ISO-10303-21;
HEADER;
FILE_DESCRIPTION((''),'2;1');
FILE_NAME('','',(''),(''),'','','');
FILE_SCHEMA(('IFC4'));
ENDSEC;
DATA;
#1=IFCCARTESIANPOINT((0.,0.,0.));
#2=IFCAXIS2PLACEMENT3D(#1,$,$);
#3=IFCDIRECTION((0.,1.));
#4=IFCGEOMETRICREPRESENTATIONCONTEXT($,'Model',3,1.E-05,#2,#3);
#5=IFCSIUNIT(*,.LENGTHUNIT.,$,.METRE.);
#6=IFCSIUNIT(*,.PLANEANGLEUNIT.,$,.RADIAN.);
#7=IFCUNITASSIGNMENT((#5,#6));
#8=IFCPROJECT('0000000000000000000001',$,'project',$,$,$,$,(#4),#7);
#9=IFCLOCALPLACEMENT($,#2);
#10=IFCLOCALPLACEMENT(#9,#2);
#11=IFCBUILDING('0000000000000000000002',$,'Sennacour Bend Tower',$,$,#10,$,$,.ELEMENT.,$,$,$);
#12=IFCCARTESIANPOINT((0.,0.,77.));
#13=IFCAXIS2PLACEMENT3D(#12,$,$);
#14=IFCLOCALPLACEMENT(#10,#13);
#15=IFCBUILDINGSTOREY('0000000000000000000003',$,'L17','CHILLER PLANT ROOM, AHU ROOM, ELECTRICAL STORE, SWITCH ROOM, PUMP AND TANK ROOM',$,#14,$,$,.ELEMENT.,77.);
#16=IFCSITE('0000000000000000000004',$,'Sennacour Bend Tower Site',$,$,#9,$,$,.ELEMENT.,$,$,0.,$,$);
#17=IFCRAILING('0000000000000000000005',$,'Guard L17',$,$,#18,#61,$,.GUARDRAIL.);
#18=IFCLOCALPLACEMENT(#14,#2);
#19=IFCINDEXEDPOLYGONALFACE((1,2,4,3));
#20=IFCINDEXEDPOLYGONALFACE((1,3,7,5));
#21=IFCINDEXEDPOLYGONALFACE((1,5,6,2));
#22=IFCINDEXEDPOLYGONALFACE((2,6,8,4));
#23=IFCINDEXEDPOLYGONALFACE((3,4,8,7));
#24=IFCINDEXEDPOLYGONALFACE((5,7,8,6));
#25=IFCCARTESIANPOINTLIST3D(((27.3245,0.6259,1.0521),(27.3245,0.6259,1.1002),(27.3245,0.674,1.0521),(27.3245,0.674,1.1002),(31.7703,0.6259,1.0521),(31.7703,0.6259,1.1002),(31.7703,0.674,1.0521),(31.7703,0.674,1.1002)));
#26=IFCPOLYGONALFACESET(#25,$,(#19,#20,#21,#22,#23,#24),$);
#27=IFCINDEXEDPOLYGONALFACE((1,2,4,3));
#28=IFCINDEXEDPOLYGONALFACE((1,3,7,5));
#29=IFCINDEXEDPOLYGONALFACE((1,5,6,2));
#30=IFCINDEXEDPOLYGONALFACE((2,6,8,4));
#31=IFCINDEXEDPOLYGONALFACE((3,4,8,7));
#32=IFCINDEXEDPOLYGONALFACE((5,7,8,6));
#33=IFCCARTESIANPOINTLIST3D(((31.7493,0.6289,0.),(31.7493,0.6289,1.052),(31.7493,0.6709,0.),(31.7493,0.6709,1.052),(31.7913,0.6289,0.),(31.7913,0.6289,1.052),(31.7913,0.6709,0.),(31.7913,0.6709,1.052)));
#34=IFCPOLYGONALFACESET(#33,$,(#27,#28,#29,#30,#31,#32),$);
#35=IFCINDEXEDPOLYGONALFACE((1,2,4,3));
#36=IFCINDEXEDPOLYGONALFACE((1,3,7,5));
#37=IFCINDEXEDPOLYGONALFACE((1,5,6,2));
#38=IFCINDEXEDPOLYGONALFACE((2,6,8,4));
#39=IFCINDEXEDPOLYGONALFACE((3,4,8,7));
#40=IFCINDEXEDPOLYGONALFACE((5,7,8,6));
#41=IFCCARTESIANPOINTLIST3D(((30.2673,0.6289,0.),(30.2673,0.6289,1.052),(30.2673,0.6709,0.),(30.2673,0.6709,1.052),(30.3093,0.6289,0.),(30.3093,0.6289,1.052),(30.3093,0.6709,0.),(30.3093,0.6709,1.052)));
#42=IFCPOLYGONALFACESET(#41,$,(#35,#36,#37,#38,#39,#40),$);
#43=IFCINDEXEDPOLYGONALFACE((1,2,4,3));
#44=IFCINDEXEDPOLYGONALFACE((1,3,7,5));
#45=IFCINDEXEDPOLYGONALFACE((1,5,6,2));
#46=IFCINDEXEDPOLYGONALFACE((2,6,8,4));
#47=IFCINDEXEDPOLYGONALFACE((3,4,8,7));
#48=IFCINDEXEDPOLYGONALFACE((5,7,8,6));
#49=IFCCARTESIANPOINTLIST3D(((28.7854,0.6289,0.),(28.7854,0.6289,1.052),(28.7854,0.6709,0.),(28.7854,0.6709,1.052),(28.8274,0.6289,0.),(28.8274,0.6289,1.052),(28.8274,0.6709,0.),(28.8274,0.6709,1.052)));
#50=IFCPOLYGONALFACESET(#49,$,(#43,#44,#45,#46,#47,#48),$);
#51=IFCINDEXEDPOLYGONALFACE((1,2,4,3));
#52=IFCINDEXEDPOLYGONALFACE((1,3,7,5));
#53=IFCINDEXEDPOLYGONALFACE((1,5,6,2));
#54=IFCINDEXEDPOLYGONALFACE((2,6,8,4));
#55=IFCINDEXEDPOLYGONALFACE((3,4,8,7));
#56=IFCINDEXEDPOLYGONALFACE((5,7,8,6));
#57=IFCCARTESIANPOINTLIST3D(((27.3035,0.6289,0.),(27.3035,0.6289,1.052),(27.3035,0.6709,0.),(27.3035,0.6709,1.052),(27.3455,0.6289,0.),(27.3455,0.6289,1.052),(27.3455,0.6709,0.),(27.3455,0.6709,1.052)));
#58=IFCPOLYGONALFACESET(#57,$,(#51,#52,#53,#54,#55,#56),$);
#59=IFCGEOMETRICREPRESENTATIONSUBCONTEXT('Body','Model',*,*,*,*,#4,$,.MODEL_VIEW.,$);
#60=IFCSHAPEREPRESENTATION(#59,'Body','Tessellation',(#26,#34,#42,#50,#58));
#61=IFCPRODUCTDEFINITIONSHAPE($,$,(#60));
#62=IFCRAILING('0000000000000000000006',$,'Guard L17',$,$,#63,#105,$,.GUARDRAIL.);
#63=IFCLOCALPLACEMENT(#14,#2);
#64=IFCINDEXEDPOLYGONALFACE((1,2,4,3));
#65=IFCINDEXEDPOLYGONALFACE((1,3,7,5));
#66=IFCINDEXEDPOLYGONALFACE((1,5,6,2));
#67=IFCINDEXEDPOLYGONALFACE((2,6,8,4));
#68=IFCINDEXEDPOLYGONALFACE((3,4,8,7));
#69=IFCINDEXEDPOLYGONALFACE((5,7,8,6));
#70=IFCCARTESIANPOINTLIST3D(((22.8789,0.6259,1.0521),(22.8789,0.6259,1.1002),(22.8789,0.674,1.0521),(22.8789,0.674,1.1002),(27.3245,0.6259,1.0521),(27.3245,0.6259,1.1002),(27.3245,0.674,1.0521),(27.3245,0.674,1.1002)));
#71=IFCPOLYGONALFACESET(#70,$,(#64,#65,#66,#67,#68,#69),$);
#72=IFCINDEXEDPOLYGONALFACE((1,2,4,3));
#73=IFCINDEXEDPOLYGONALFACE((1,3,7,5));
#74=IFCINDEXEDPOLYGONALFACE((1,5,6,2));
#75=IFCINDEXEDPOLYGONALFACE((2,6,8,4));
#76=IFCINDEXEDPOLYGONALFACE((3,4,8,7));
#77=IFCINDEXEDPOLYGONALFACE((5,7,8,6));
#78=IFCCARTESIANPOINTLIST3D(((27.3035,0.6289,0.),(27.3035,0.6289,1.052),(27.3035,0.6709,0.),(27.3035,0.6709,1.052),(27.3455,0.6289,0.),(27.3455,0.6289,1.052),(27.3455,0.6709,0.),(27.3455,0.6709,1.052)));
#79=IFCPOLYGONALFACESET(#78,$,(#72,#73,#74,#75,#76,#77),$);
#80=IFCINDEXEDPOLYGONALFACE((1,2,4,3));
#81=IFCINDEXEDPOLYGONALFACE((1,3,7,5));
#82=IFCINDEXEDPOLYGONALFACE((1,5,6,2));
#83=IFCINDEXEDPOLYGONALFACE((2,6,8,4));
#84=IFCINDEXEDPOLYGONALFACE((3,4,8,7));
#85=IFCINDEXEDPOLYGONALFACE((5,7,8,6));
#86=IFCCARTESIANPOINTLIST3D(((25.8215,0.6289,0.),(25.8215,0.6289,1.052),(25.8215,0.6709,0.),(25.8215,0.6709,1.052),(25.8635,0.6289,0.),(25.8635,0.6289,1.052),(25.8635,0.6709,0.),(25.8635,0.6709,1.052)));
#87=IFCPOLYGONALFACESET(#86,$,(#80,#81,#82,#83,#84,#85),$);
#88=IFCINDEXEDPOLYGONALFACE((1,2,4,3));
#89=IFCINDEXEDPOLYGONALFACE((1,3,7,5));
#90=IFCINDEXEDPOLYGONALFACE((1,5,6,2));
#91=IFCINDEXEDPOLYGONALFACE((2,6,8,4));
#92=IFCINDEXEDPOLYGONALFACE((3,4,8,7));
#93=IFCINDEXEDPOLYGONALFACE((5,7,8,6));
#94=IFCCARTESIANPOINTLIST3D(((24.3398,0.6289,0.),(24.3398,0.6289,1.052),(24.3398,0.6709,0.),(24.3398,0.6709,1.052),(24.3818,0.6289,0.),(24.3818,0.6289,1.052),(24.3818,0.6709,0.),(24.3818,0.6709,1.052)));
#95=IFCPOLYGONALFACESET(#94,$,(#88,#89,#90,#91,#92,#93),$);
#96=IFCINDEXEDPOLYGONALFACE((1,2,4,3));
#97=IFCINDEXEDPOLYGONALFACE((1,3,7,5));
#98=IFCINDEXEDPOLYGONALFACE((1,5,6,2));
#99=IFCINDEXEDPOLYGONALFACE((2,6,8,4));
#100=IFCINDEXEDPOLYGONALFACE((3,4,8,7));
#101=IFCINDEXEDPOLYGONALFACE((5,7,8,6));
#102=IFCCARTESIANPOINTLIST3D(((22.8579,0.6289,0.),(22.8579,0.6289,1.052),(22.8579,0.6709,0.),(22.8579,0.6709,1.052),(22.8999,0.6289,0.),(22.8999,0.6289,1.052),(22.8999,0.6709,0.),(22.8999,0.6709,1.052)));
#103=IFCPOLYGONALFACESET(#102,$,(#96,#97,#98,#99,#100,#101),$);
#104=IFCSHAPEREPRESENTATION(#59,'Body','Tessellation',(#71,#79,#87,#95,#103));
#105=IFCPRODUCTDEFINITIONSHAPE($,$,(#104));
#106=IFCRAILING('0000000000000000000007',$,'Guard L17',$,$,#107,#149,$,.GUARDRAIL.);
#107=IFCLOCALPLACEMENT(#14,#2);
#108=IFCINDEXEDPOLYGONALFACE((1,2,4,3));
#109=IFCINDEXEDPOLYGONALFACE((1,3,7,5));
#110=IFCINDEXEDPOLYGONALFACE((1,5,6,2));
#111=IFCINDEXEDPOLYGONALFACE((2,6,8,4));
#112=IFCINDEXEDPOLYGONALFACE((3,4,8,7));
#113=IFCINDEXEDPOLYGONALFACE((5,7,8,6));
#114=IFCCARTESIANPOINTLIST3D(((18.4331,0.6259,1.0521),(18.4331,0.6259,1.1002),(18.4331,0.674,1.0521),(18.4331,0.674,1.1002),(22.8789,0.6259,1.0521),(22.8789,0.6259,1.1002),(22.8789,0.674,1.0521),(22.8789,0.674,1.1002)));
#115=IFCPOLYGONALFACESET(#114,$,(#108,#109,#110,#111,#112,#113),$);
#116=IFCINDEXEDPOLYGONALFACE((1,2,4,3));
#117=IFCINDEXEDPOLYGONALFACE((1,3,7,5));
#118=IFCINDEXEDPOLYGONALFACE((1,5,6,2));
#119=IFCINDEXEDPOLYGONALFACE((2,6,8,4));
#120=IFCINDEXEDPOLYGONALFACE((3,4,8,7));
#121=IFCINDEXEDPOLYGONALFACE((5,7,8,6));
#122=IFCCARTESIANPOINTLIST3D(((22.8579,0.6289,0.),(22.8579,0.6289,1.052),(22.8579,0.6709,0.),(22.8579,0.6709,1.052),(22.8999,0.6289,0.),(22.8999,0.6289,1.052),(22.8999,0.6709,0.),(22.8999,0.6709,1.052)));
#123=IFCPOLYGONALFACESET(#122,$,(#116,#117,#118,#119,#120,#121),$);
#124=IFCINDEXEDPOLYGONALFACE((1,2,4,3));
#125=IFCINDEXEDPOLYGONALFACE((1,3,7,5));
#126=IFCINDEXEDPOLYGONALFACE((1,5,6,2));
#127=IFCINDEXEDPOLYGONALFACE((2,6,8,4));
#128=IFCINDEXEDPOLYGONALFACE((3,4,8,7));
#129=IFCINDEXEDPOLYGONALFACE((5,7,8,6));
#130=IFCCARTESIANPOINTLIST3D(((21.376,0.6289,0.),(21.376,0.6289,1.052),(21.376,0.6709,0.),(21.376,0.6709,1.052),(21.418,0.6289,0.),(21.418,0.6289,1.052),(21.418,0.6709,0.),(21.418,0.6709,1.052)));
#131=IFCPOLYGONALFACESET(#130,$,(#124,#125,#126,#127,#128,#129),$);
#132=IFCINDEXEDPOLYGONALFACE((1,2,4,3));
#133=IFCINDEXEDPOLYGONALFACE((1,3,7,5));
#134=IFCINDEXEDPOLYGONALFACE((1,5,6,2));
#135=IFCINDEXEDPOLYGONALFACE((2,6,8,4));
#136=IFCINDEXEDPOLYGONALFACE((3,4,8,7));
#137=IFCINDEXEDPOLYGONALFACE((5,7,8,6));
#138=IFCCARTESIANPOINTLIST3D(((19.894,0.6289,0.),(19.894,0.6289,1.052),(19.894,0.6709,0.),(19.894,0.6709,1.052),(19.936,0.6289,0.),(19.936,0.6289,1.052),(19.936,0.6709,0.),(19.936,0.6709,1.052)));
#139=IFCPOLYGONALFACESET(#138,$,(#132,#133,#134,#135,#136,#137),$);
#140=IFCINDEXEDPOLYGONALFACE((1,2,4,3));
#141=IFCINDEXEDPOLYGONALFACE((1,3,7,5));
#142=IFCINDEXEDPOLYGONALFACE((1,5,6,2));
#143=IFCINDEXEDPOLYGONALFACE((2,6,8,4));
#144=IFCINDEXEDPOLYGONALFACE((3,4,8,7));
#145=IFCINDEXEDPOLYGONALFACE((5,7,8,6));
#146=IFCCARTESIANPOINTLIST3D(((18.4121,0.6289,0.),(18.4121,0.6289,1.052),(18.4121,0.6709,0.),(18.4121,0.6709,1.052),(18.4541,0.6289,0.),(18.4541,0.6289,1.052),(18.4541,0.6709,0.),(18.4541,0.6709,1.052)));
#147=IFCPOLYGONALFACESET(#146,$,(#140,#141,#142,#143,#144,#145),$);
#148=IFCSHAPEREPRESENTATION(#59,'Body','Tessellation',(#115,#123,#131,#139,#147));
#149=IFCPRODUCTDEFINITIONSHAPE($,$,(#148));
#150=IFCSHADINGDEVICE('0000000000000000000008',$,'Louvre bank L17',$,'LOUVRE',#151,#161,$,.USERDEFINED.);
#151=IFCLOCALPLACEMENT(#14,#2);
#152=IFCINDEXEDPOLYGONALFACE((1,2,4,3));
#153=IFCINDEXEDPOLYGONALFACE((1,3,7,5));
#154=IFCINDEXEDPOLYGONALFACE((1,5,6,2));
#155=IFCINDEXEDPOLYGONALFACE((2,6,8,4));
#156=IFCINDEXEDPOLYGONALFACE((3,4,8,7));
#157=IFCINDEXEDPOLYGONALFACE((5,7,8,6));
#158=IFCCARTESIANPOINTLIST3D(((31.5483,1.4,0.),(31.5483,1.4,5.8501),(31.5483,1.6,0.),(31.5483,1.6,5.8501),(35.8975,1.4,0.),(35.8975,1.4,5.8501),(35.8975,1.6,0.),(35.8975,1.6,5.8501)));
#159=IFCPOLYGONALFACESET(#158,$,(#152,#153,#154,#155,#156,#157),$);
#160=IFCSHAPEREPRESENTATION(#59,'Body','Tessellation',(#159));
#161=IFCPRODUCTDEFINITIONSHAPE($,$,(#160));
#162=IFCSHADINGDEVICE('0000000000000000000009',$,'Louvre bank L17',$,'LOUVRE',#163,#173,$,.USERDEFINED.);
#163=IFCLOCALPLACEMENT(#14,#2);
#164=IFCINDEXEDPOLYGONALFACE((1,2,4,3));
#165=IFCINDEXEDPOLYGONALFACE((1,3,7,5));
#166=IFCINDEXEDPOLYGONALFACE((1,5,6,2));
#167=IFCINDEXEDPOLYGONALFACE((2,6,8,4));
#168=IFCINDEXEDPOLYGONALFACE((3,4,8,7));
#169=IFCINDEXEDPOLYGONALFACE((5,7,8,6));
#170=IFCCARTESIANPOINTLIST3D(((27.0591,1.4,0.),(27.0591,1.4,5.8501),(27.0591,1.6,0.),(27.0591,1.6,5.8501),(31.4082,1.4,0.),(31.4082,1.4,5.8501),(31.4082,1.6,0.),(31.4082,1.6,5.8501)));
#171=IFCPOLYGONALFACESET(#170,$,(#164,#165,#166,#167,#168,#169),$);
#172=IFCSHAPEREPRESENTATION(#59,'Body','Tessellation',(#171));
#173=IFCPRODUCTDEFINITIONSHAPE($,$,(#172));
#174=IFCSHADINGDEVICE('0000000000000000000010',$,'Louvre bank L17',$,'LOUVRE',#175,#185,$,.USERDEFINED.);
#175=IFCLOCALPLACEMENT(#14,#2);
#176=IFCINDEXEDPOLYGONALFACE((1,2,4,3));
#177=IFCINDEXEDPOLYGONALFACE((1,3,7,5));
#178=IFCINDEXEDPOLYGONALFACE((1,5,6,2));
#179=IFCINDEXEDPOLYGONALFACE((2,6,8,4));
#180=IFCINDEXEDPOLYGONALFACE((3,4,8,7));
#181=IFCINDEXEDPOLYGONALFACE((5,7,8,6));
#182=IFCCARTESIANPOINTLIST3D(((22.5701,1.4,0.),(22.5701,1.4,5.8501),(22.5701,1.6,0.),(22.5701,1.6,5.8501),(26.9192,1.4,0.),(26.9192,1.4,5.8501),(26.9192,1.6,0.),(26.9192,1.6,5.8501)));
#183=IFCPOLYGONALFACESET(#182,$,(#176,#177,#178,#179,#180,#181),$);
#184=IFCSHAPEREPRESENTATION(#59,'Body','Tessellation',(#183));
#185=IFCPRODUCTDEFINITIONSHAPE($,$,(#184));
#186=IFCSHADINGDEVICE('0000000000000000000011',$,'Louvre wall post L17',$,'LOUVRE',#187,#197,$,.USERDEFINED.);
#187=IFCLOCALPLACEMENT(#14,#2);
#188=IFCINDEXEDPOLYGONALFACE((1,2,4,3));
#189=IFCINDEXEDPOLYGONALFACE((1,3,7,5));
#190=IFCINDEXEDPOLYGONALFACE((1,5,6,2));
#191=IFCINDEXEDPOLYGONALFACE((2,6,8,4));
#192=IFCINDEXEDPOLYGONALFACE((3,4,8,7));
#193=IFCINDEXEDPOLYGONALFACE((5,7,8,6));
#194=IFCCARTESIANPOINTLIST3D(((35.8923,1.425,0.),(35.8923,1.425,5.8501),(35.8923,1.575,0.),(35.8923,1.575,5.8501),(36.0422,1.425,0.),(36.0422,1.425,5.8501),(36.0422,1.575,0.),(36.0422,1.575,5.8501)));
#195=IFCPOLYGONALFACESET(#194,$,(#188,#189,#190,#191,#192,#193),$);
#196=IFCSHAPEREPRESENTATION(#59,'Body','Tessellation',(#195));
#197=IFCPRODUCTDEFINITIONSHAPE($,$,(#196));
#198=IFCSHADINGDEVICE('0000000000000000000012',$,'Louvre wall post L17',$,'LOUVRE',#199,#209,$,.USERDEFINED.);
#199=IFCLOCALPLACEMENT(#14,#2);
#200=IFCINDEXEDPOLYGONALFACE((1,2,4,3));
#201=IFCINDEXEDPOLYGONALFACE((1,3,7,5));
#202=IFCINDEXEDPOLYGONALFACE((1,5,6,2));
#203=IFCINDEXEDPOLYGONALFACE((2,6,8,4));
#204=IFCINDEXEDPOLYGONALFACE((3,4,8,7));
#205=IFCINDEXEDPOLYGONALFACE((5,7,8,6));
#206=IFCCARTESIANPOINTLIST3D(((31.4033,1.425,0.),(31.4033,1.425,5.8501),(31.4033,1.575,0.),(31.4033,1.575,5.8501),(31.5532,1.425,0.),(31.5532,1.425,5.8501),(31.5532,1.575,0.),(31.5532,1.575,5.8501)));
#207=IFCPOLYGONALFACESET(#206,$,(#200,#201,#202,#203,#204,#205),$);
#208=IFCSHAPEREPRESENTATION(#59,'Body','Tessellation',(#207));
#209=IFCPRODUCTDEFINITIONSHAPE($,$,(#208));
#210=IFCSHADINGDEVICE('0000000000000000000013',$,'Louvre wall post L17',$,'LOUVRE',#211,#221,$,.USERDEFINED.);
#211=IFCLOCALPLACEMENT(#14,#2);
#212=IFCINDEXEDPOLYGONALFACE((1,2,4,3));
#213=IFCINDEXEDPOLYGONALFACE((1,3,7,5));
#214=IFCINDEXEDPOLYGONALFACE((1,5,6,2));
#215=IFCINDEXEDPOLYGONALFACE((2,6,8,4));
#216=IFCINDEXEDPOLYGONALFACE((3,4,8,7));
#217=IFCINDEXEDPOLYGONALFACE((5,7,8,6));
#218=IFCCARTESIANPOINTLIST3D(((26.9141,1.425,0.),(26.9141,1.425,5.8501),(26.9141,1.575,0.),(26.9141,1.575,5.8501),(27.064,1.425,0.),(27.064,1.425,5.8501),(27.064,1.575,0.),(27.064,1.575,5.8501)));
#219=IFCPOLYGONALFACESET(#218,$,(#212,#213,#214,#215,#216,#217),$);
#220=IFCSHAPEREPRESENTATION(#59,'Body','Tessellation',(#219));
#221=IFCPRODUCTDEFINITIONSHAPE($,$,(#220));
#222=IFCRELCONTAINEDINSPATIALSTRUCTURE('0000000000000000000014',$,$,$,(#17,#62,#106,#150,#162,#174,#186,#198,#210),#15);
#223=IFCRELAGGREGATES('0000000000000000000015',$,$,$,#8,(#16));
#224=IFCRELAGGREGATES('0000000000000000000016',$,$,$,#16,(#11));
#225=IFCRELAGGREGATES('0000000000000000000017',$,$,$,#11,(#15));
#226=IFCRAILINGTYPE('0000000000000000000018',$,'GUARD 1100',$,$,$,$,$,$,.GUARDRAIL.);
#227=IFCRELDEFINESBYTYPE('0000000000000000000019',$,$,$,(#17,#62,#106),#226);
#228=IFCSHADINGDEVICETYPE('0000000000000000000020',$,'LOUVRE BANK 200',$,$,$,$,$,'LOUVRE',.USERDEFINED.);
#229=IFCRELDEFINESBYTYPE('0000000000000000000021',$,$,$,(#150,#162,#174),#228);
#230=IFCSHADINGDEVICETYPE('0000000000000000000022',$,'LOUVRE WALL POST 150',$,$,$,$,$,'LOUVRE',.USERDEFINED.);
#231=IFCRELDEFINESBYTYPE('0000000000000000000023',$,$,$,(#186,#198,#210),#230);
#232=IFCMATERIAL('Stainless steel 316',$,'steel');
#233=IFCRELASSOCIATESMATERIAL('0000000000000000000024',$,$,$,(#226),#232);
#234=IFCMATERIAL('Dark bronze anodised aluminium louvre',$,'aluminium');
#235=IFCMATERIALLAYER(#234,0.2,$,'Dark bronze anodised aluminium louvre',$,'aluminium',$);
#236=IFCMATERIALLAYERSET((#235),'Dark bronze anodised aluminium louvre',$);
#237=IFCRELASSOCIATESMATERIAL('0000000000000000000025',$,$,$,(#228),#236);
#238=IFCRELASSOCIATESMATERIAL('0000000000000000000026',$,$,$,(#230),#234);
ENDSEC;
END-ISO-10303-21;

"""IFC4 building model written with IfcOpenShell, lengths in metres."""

from ifc_helpers import new_model, si_unit, direction, frame, origin, origin_2d, place, context, subcontext, project, spatial, rectangle, extrude, material, layer, layer_set, type_object, element, save


model = new_model("IFC4")

# Units and contexts
model_context = context("Model", 3, precision=1e-05, world=origin(), true_north=direction((0.0, 1.0)))
body_context = subcontext(model_context, "Body", "Model", "MODEL_VIEW")
ifc_project = project(units=[si_unit("LENGTHUNIT", "METRE"), si_unit("PLANEANGLEUNIT", "RADIAN")], contexts=[model_context])

# Site, building, storey
site_placement = place(None, origin())
site = spatial("IfcSite", under=ifc_project, at=site_placement, Name="Sennacour Bend Tower Site", CompositionType="ELEMENT", RefElevation=0.0)
building_placement = place(site_placement, origin())
building = spatial("IfcBuilding", under=site, at=building_placement, Name="Sennacour Bend Tower", CompositionType="ELEMENT")
storey_placement = place(building_placement, frame((0.0, 0.0, 77.0)))
storey = spatial("IfcBuildingStorey", under=building, at=storey_placement, Name="L17", Description="CHILLER PLANT ROOM, AHU ROOM, ELECTRICAL STORE, SWITCH ROOM, PUMP AND TANK ROOM", CompositionType="ELEMENT", Elevation=77.0)

# Railings
ifc_material_1 = material(Name="Stainless steel 316", Category="steel")
railing_type = type_object("IfcRailingType", Name="GUARD 1100", PredefinedType="GUARDRAIL", material=ifc_material_1)
for number, where, name in (
    (1, (31.7703, 0.6499, 0.0), "Guard L17"),
):
    element("IfcRailing", number, at=place(storey_placement, frame(where)), inside=storey, type_object=railing_type, Name=name, PredefinedType="GUARDRAIL", context=body_context, shape_type="SweptSolid", body=[
        extrude(rectangle(XDim=0.0481, YDim=0.0481, at=origin_2d()), frame((0.0, 0.0, 1.0762), z_axis=(-1.0, 0.0, 0.0), x_axis=(0.0, -1.0, 0.0)), (0.0, 0.0, 1.0), 4.4458),
        extrude(rectangle(XDim=0.042, YDim=0.042, at=origin_2d()), origin(), (0.0, 0.0, 1.0), 1.052),
        extrude(rectangle(XDim=0.042, YDim=0.042, at=origin_2d()), frame((-1.4819, 0.0, 0.0)), (0.0, 0.0, 1.0), 1.052),
        extrude(rectangle(XDim=0.042, YDim=0.042, at=origin_2d()), frame((-2.9639, 0.0, 0.0)), (0.0, 0.0, 1.0), 1.052),
        extrude(rectangle(XDim=0.042, YDim=0.042, at=origin_2d()), frame((-4.4458, 0.0, 0.0)), (0.0, 0.0, 1.0), 1.052),
    ])
railing_1_placement = place(storey_placement, frame((27.3245, 0.6499, 0.0)))
element("IfcRailing", 2, at=railing_1_placement, inside=storey, type_object=railing_type, Name="Guard L17", PredefinedType="GUARDRAIL", context=body_context, shape_type="SweptSolid", body=[
    extrude(rectangle(XDim=0.0481, YDim=0.0481, at=origin_2d()), frame((0.0, 0.0, 1.0762), z_axis=(-1.0, 0.0, 0.0), x_axis=(0.0, -1.0, 0.0)), (0.0, 0.0, 1.0), 4.4456),
    extrude(rectangle(XDim=0.042, YDim=0.042, at=origin_2d()), origin(), (0.0, 0.0, 1.0), 1.052),
    extrude(rectangle(XDim=0.042, YDim=0.042, at=origin_2d()), frame((-1.4819, 0.0, 0.0)), (0.0, 0.0, 1.0), 1.052),
    extrude(rectangle(XDim=0.042, YDim=0.042, at=origin_2d()), frame((-2.9636, 0.0, 0.0)), (0.0, 0.0, 1.0), 1.052),
    extrude(rectangle(XDim=0.042, YDim=0.042, at=origin_2d()), frame((-4.4456, 0.0, 0.0)), (0.0, 0.0, 1.0), 1.052),
])
railing_2_placement = place(storey_placement, frame((22.8789, 0.6499, 0.0)))
element("IfcRailing", 3, at=railing_2_placement, inside=storey, type_object=railing_type, Name="Guard L17", PredefinedType="GUARDRAIL", context=body_context, shape_type="SweptSolid", body=[
    extrude(rectangle(XDim=0.0481, YDim=0.0481, at=origin_2d()), frame((0.0, 0.0, 1.0762), z_axis=(-1.0, 0.0, 0.0), x_axis=(0.0, -1.0, 0.0)), (0.0, 0.0, 1.0), 4.4458),
    extrude(rectangle(XDim=0.042, YDim=0.042, at=origin_2d()), origin(), (0.0, 0.0, 1.0), 1.052),
    extrude(rectangle(XDim=0.042, YDim=0.042, at=origin_2d()), frame((-1.4819, 0.0, 0.0)), (0.0, 0.0, 1.0), 1.052),
    extrude(rectangle(XDim=0.042, YDim=0.042, at=origin_2d()), frame((-2.9639, 0.0, 0.0)), (0.0, 0.0, 1.0), 1.052),
    extrude(rectangle(XDim=0.042, YDim=0.042, at=origin_2d()), frame((-4.4458, 0.0, 0.0)), (0.0, 0.0, 1.0), 1.052),
])

# Shading devices
ifc_material_2 = material(Name="Dark bronze anodised aluminium louvre", Category="aluminium")
ifc_layer = layer(ifc_material_2, 0.2, Name="Dark bronze anodised aluminium louvre", Category="aluminium")
ifc_layer_set = layer_set([ifc_layer], Name="Dark bronze anodised aluminium louvre")
shading_device_type_1 = type_object("IfcShadingDeviceType", Name="LOUVRE BANK 200", ElementType="LOUVRE", PredefinedType="USERDEFINED", material=ifc_layer_set)
for number, where, z_axis, x_axis, name in (
    (4, (33.7229, 1.5, 0.0), (0.0, 0.0, 1.0), (-1.0, 0.0, 0.0), "Louvre bank L17"),
    (5, (29.2336, 1.5, 0.0), (0.0, 0.0, 1.0), (-1.0, 0.0, 0.0), "Louvre bank L17"),
    (6, (24.7446, 1.5, 0.0), (0.0, 0.0, 1.0), (-1.0, 0.0, 0.0), "Louvre bank L17"),
):
    element("IfcShadingDevice", number, at=place(storey_placement, frame(where, z_axis=z_axis, x_axis=x_axis)), inside=storey, type_object=shading_device_type_1, Name=name, ObjectType="LOUVRE", PredefinedType="USERDEFINED", context=body_context, shape_type="SweptSolid", body=[
        extrude(rectangle(XDim=4.3491, YDim=0.2, at=origin_2d()), origin(), (0.0, 0.0, 1.0), 5.8501),
    ])
shading_device_type_2 = type_object("IfcShadingDeviceType", Name="LOUVRE WALL POST 150", ElementType="LOUVRE", PredefinedType="USERDEFINED", material=ifc_material_2)
for number, where, z_axis, x_axis, name in (
    (7, (35.9673, 1.5, 0.0), (0.0, 0.0, 1.0), (1.0, 0.0, 0.0), "Louvre wall post L17"),
    (8, (31.4783, 1.5, 0.0), (0.0, 0.0, 1.0), (1.0, 0.0, 0.0), "Louvre wall post L17"),
    (9, (26.989, 1.5, 0.0), (0.0, 0.0, 1.0), (1.0, 0.0, 0.0), "Louvre wall post L17"),
):
    element("IfcShadingDevice", number, at=place(storey_placement, frame(where, z_axis=z_axis, x_axis=x_axis)), inside=storey, type_object=shading_device_type_2, Name=name, ObjectType="LOUVRE", PredefinedType="USERDEFINED", context=body_context, shape_type="SweptSolid", body=[
        extrude(rectangle(XDim=0.1499, YDim=0.1499, at=origin_2d()), origin(), (0.0, 0.0, 1.0), 5.8501),
    ])

save(model, "model.ifc")
